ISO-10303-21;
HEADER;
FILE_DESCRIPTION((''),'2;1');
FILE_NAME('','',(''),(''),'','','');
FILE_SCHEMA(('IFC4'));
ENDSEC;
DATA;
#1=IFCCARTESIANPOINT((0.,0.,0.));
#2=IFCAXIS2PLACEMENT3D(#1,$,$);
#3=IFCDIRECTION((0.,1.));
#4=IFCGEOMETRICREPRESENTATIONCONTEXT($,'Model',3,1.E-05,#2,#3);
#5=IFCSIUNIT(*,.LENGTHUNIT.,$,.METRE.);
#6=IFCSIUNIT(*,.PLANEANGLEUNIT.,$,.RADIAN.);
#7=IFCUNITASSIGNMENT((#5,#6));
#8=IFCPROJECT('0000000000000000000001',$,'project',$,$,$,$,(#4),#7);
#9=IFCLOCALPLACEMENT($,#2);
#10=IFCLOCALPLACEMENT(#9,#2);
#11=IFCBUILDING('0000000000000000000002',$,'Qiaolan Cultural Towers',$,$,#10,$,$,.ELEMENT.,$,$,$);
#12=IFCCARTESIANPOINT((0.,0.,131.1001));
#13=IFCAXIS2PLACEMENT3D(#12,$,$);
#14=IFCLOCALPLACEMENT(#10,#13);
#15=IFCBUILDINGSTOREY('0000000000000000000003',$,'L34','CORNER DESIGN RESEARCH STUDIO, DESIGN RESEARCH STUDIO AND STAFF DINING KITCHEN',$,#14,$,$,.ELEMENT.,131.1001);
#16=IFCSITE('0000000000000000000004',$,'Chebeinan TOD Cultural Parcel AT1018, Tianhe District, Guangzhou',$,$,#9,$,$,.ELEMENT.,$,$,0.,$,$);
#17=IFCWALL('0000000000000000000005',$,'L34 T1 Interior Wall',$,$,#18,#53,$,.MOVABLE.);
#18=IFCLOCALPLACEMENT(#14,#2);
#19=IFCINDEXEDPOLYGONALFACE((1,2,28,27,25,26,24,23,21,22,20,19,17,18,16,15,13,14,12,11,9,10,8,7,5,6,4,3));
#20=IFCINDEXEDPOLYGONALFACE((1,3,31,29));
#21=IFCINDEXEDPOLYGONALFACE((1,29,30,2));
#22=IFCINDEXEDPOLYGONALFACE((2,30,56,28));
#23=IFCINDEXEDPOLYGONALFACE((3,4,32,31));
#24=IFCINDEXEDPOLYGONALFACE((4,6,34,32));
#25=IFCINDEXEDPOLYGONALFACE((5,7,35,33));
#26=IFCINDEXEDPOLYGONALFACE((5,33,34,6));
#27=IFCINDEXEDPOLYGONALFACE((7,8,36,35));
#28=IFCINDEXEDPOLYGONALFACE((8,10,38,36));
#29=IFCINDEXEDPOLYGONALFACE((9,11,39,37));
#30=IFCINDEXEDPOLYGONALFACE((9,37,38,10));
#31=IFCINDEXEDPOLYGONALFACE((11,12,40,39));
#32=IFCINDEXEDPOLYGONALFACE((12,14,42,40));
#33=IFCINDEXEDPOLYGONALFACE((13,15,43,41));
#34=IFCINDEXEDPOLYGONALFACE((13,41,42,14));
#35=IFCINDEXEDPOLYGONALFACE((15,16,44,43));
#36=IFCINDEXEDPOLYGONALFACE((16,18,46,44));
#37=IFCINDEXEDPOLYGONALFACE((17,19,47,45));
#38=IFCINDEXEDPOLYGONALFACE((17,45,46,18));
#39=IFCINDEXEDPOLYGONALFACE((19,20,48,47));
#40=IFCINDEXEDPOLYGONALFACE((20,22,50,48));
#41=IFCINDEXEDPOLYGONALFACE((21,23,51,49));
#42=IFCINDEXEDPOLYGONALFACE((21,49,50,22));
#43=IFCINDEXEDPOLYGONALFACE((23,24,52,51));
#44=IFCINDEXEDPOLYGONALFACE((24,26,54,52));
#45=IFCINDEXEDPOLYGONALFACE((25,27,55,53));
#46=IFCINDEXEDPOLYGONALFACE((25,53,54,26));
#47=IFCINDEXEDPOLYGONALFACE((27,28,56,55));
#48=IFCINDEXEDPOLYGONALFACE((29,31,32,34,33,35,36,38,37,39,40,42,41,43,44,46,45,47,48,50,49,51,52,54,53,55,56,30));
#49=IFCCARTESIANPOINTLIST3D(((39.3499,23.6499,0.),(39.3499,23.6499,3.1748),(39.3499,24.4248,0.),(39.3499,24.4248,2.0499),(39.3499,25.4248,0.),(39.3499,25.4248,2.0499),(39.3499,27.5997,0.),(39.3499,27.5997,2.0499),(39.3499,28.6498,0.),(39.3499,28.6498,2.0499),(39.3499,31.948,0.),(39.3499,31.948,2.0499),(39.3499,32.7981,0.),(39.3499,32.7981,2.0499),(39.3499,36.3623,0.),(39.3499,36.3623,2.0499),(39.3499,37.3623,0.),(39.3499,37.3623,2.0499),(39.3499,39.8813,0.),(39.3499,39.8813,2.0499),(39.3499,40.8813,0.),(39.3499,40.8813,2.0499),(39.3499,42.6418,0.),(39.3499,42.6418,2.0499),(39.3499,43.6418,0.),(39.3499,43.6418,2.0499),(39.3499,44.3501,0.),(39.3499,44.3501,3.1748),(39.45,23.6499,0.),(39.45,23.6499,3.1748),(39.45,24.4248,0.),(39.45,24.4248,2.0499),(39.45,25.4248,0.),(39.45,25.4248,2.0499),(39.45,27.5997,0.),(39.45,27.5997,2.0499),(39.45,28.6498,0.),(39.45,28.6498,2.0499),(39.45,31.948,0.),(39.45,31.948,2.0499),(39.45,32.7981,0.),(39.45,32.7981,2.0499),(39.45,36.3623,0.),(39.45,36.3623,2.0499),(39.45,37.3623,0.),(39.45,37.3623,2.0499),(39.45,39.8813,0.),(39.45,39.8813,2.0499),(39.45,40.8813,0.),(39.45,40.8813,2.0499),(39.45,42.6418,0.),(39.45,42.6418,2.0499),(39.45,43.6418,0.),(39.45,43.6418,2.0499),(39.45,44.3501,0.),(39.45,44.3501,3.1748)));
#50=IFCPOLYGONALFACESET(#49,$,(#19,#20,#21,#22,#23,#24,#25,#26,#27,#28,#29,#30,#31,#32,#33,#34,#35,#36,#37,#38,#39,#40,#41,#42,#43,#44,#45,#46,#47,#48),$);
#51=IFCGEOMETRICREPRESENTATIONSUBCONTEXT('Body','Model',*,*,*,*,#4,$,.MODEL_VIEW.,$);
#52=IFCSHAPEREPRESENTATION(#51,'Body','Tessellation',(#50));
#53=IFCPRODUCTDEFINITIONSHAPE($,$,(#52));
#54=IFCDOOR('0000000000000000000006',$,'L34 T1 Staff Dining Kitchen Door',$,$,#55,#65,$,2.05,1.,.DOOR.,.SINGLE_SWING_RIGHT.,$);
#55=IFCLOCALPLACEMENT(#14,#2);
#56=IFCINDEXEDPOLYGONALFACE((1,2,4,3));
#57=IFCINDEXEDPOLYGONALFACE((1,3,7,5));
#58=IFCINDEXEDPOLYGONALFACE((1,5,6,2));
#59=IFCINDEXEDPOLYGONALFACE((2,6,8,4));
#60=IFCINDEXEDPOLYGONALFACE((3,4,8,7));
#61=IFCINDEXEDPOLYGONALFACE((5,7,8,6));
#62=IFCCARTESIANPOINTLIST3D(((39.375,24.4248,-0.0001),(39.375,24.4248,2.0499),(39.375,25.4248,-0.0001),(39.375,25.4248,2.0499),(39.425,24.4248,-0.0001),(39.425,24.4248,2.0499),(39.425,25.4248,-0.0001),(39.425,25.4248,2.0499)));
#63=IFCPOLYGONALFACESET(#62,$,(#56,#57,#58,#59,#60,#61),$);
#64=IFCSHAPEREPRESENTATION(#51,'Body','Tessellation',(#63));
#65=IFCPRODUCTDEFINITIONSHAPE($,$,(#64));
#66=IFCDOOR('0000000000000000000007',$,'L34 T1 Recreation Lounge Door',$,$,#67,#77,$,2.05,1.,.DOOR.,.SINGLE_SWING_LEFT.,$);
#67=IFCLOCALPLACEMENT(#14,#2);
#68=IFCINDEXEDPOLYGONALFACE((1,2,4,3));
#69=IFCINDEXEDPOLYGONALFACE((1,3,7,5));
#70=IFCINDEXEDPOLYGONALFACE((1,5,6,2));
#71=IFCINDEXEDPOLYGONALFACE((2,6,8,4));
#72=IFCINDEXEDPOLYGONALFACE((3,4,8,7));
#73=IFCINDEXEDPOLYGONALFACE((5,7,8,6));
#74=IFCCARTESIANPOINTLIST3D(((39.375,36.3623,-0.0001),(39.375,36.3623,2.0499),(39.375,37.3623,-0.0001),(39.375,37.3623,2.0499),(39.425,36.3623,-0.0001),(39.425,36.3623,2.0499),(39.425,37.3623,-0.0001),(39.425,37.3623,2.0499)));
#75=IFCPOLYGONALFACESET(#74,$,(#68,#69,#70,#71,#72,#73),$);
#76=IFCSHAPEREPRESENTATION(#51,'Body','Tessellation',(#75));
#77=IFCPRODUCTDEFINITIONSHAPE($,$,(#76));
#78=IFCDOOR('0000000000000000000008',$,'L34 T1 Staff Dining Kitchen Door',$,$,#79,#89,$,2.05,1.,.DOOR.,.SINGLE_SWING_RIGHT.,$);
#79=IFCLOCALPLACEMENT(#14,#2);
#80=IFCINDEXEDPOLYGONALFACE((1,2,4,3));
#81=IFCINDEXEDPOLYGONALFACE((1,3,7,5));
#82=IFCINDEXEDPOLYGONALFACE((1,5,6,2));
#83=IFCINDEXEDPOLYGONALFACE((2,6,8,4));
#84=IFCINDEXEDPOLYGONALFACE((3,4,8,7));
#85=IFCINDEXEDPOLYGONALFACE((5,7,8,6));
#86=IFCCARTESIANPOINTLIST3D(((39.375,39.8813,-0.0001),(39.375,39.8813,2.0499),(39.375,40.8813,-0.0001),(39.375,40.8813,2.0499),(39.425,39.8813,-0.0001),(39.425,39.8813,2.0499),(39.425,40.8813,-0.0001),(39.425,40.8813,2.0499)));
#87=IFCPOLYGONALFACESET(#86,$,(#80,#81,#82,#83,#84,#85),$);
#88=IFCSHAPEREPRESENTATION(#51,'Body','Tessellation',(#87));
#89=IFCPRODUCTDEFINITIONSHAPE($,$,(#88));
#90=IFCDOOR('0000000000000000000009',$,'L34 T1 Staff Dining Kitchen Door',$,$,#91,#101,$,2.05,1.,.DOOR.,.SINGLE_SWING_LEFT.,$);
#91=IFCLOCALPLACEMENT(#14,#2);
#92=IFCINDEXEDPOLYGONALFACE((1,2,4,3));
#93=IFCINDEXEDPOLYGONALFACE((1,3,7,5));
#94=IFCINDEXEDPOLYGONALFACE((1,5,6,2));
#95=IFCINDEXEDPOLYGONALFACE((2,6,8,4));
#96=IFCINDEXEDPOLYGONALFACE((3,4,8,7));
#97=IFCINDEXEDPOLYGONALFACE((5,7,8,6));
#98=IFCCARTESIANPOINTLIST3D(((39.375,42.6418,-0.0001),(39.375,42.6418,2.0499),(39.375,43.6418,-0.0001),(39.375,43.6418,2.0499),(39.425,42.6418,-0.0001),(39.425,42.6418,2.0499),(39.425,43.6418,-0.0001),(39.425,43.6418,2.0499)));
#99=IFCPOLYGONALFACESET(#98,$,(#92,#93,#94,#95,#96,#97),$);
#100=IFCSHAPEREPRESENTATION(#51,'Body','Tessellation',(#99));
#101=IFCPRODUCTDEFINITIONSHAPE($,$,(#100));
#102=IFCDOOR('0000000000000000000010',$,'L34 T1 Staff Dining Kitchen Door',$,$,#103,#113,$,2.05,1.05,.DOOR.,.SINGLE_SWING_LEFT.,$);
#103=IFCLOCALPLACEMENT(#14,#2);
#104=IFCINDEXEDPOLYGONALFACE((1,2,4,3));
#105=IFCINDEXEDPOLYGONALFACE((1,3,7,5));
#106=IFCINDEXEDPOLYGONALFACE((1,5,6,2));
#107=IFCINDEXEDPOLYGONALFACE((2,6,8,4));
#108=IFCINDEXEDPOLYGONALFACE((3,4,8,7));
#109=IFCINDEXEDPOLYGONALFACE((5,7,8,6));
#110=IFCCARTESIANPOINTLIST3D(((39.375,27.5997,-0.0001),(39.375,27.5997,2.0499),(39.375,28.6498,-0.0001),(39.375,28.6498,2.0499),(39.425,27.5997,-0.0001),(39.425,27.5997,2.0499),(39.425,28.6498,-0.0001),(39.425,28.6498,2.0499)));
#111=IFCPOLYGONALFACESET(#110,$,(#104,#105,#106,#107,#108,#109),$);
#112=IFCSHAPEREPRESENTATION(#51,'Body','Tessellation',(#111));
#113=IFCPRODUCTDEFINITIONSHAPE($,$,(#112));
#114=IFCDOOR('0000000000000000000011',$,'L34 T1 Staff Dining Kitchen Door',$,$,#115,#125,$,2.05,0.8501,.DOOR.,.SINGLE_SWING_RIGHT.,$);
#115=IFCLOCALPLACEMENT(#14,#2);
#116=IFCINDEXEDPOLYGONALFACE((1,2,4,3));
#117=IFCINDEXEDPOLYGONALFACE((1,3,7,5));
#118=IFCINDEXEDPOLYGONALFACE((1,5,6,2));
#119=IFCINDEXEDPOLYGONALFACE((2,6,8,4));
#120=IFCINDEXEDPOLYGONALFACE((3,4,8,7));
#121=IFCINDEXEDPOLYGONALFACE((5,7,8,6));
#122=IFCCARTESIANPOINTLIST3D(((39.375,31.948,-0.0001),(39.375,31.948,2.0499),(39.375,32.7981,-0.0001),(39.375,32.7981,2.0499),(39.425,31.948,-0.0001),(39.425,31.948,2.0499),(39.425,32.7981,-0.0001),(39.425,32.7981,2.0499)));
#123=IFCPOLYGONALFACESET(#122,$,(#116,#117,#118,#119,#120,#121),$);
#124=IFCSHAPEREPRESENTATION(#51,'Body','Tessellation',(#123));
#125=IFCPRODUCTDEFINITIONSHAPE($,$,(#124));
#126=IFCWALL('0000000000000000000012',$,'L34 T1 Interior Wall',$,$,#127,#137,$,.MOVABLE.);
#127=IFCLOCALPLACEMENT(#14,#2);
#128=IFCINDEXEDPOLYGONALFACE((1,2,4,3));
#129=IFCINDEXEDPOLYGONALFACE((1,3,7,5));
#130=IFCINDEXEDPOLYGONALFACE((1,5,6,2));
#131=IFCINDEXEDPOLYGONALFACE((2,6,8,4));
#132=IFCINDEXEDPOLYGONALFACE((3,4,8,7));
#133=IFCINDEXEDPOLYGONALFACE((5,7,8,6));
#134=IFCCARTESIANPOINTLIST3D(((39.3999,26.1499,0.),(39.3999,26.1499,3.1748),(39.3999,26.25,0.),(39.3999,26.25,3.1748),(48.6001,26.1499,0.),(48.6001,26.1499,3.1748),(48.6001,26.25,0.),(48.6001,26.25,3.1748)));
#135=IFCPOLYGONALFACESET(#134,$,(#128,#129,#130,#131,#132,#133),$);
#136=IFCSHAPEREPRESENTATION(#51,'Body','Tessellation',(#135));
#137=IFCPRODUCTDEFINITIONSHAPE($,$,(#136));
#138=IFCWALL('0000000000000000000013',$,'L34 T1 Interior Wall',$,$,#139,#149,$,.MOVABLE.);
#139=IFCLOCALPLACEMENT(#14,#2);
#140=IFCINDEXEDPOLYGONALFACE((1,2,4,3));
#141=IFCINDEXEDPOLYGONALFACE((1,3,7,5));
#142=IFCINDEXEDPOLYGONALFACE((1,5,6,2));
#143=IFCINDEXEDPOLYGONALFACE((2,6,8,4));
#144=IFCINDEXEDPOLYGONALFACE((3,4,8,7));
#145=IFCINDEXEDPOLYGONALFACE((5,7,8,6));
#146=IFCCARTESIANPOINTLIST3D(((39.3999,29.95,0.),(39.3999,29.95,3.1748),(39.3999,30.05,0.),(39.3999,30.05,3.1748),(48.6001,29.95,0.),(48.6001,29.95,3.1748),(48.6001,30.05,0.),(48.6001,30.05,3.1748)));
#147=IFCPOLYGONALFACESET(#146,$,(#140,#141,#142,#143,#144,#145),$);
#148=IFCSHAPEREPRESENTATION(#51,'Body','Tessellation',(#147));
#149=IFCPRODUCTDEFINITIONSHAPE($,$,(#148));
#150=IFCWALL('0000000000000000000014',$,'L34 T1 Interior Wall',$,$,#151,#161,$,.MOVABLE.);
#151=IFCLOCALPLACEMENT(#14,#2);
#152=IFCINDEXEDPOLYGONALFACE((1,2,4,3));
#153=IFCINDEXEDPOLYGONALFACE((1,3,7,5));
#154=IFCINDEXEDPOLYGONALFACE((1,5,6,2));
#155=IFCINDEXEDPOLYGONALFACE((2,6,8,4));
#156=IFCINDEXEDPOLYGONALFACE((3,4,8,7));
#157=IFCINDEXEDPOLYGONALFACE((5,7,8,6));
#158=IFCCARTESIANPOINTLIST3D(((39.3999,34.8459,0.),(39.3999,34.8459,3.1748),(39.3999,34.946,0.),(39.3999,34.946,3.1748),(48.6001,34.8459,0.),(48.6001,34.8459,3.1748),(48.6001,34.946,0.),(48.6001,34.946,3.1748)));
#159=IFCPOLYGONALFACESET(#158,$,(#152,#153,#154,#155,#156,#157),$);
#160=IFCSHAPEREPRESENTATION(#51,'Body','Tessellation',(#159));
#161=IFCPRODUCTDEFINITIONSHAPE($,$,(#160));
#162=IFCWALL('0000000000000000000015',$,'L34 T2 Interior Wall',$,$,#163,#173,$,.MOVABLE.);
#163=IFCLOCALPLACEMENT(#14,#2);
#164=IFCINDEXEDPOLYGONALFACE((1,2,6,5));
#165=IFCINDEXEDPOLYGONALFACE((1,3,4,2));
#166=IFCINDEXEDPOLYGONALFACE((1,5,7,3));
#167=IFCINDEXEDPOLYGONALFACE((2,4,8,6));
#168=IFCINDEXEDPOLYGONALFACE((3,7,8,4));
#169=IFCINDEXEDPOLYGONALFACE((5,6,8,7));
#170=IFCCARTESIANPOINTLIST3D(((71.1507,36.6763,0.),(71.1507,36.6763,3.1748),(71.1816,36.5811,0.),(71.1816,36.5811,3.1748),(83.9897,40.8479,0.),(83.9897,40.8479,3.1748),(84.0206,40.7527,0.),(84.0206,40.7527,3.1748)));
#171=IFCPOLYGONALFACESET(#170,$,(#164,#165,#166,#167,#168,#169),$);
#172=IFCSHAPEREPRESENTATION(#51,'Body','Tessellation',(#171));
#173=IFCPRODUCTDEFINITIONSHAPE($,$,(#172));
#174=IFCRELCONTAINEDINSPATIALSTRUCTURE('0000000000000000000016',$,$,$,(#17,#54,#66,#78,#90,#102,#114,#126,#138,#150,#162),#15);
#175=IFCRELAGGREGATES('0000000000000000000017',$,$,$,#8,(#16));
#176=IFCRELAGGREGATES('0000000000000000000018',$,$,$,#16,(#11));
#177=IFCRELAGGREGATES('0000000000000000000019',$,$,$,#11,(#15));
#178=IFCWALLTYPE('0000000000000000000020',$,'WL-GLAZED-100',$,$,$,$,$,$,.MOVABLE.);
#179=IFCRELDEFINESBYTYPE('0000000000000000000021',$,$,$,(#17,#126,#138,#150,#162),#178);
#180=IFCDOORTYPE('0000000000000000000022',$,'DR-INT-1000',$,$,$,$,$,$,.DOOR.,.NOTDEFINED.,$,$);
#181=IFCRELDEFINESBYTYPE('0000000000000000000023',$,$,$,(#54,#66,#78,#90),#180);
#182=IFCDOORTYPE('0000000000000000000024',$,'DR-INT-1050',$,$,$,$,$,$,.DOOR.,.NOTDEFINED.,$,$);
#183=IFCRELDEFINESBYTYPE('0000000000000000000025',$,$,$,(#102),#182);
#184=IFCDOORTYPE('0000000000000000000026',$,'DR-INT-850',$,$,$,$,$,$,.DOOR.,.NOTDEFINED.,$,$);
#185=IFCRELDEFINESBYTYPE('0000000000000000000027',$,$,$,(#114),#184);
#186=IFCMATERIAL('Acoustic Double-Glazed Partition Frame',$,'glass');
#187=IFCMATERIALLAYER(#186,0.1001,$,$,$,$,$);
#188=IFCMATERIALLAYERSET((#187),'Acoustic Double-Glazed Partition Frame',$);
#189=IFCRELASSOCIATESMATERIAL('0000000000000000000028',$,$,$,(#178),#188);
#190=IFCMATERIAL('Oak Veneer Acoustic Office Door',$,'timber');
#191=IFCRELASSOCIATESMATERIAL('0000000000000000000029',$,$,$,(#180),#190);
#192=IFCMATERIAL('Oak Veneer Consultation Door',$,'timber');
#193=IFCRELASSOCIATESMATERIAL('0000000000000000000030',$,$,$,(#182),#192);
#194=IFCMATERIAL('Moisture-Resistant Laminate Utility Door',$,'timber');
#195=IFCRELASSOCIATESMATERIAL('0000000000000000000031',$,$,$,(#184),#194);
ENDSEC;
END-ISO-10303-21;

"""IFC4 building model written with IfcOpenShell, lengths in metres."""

from ifc_helpers import new_model, si_unit, direction, frame, frame_2d, origin, place, context, subcontext, project, spatial, rectangle, extrude, material, layer, layer_set, type_object, element, fill, save


model = new_model("IFC4")

# Units and contexts
model_context = context("Model", 3, precision=1e-05, world=origin(), true_north=direction((0.0, 1.0)))
body_context = subcontext(model_context, "Body", "Model", "MODEL_VIEW")
ifc_project = project(units=[si_unit("LENGTHUNIT", "METRE"), si_unit("PLANEANGLEUNIT", "RADIAN")], contexts=[model_context])

# Site, building, storey
site_placement = place(None, origin())
site = spatial("IfcSite", under=ifc_project, at=site_placement, Name="Chebeinan TOD Cultural Parcel AT1018, Tianhe District, Guangzhou", CompositionType="ELEMENT", RefElevation=0.0)
building_placement = place(site_placement, origin())
building = spatial("IfcBuilding", under=site, at=building_placement, Name="Qiaolan Cultural Towers", CompositionType="ELEMENT")
storey_placement = place(building_placement, frame((0.0, 0.0, 131.1001)))
storey = spatial("IfcBuildingStorey", under=building, at=storey_placement, Name="L34", Description="CORNER DESIGN RESEARCH STUDIO, DESIGN RESEARCH STUDIO AND STAFF DINING KITCHEN", CompositionType="ELEMENT", Elevation=131.1001)

# Shared definitions
ifc_material_1 = material(Name="Acoustic Double-Glazed Partition Frame", Category="glass")
ifc_layer_1 = layer(ifc_material_1, 0.1001)
ifc_layer_set_1 = layer_set([ifc_layer_1], Name="Acoustic Double-Glazed Partition Frame")
wall_type_1 = type_object("IfcWallType", Name="WL-GLAZED-100", PredefinedType="MOVABLE", material=ifc_layer_set_1)

# Wall, openings, doors
wall_1_placement = place(storey_placement, frame((39.3999, 23.6499, 0.0), z_axis=(0.0, 0.0, 1.0), x_axis=(0.0, 1.0, 0.0)))
wall_1 = element("IfcWall", 1, at=wall_1_placement, inside=storey, type_object=wall_type_1, Name="L34 T1 Interior Wall", PredefinedType="MOVABLE", context=body_context, shape_type="SweptSolid", body=[
    extrude(rectangle(XDim=20.7002, YDim=0.1001, at=frame_2d((10.3501, 0.0))), origin(), (0.0, 0.0, 1.0), 3.1748),
])
opening_1_placement = place(wall_1_placement, frame((0.7749, 0.0, 0.0)))
opening_1 = element("IfcOpeningElement", 2, at=opening_1_placement, cuts=wall_1, PredefinedType="OPENING", context=body_context, shape_type="SweptSolid", body=[
    extrude(rectangle(XDim=1.0, YDim=2.05, at=frame_2d((0.5, 1.0249))), frame((0.0, 0.0601, 0.0), z_axis=(0.0, -1.0, 0.0), x_axis=(1.0, 0.0, 0.0)), (0.0, 0.0, 1.0), 0.1201),
])
opening_2_placement = place(wall_1_placement, frame((3.95, 0.0, 0.0)))
opening_2 = element("IfcOpeningElement", 3, at=opening_2_placement, cuts=wall_1, PredefinedType="OPENING", context=body_context, shape_type="SweptSolid", body=[
    extrude(rectangle(XDim=1.05, YDim=2.05, at=frame_2d((0.5249, 1.0249))), frame((0.0, 0.0601, 0.0), z_axis=(0.0, -1.0, 0.0), x_axis=(1.0, 0.0, 0.0)), (0.0, 0.0, 1.0), 0.1201),
])
opening_3_placement = place(wall_1_placement, frame((8.2981, 0.0, 0.0)))
opening_3 = element("IfcOpeningElement", 4, at=opening_3_placement, cuts=wall_1, PredefinedType="OPENING", context=body_context, shape_type="SweptSolid", body=[
    extrude(rectangle(XDim=0.8501, YDim=2.05, at=frame_2d((0.425, 1.0249))), frame((0.0, 0.0601, 0.0), z_axis=(0.0, -1.0, 0.0), x_axis=(1.0, 0.0, 0.0)), (0.0, 0.0, 1.0), 0.1201),
])
opening_4_placement = place(wall_1_placement, frame((12.7124, 0.0, 0.0)))
opening_4 = element("IfcOpeningElement", 5, at=opening_4_placement, cuts=wall_1, PredefinedType="OPENING", context=body_context, shape_type="SweptSolid", body=[
    extrude(rectangle(XDim=1.0, YDim=2.05, at=frame_2d((0.5, 1.0249))), frame((0.0, 0.0601, 0.0), z_axis=(0.0, -1.0, 0.0), x_axis=(1.0, 0.0, 0.0)), (0.0, 0.0, 1.0), 0.1201),
])
opening_5_placement = place(wall_1_placement, frame((16.2314, 0.0, 0.0)))
opening_5 = element("IfcOpeningElement", 6, at=opening_5_placement, cuts=wall_1, PredefinedType="OPENING", context=body_context, shape_type="SweptSolid", body=[
    extrude(rectangle(XDim=1.0, YDim=2.05, at=frame_2d((0.5, 1.0249))), frame((0.0, 0.0601, 0.0), z_axis=(0.0, -1.0, 0.0), x_axis=(1.0, 0.0, 0.0)), (0.0, 0.0, 1.0), 0.1201),
])
opening_6_placement = place(wall_1_placement, frame((18.9919, 0.0, 0.0)))
opening_6 = element("IfcOpeningElement", 7, at=opening_6_placement, cuts=wall_1, PredefinedType="OPENING", context=body_context, shape_type="SweptSolid", body=[
    extrude(rectangle(XDim=1.0, YDim=2.05, at=frame_2d((0.5, 1.0249))), frame((0.0, 0.0601, 0.0), z_axis=(0.0, -1.0, 0.0), x_axis=(1.0, 0.0, 0.0)), (0.0, 0.0, 1.0), 0.1201),
])
ifc_material_2 = material(Name="Oak Veneer Acoustic Office Door", Category="timber")
door_type_1 = type_object("IfcDoorType", Name="DR-INT-1000", OperationType="NOTDEFINED", PredefinedType="DOOR", material=ifc_material_2)
door_1_placement = place(opening_1_placement, origin())
door_1 = element("IfcDoor", 8, at=door_1_placement, inside=storey, type_object=door_type_1, Name="L34 T1 Staff Dining Kitchen Door", OperationType="SINGLE_SWING_RIGHT", OverallHeight=2.05, OverallWidth=1.0, PredefinedType="DOOR", context=body_context, shape_type="SweptSolid", body=[
    extrude(rectangle(XDim=1.0, YDim=2.05, at=frame_2d((0.5, 1.0249))), frame((0.0, 0.0249, 0.0), z_axis=(0.0, -1.0, 0.0), x_axis=(1.0, 0.0, 0.0)), (0.0, 0.0, 1.0), 0.05),
])
fill(opening_1, door_1)
door_2_placement = place(opening_4_placement, origin())
door_2 = element("IfcDoor", 9, at=door_2_placement, inside=storey, type_object=door_type_1, Name="L34 T1 Recreation Lounge Door", OperationType="SINGLE_SWING_LEFT", OverallHeight=2.05, OverallWidth=1.0, PredefinedType="DOOR", context=body_context, shape_type="SweptSolid", body=[
    extrude(rectangle(XDim=1.0, YDim=2.05, at=frame_2d((0.5, 1.0249))), frame((0.0, 0.0249, 0.0), z_axis=(0.0, -1.0, 0.0), x_axis=(1.0, 0.0, 0.0)), (0.0, 0.0, 1.0), 0.05),
])
fill(opening_4, door_2)
door_3_placement = place(opening_5_placement, origin())
door_3 = element("IfcDoor", 10, at=door_3_placement, inside=storey, type_object=door_type_1, Name="L34 T1 Staff Dining Kitchen Door", OperationType="SINGLE_SWING_RIGHT", OverallHeight=2.05, OverallWidth=1.0, PredefinedType="DOOR", context=body_context, shape_type="SweptSolid", body=[
    extrude(rectangle(XDim=1.0, YDim=2.05, at=frame_2d((0.5, 1.0249))), frame((0.0, 0.0249, 0.0), z_axis=(0.0, -1.0, 0.0), x_axis=(1.0, 0.0, 0.0)), (0.0, 0.0, 1.0), 0.05),
])
fill(opening_5, door_3)
door_4_placement = place(opening_6_placement, origin())
door_4 = element("IfcDoor", 11, at=door_4_placement, inside=storey, type_object=door_type_1, Name="L34 T1 Staff Dining Kitchen Door", OperationType="SINGLE_SWING_LEFT", OverallHeight=2.05, OverallWidth=1.0, PredefinedType="DOOR", context=body_context, shape_type="SweptSolid", body=[
    extrude(rectangle(XDim=1.0, YDim=2.05, at=frame_2d((0.5, 1.0249))), frame((0.0, 0.0249, 0.0), z_axis=(0.0, -1.0, 0.0), x_axis=(1.0, 0.0, 0.0)), (0.0, 0.0, 1.0), 0.05),
])
fill(opening_6, door_4)
ifc_material_3 = material(Name="Oak Veneer Consultation Door", Category="timber")
door_type_2 = type_object("IfcDoorType", Name="DR-INT-1050", OperationType="NOTDEFINED", PredefinedType="DOOR", material=ifc_material_3)
door_5_placement = place(opening_2_placement, origin())
door_5 = element("IfcDoor", 12, at=door_5_placement, inside=storey, type_object=door_type_2, Name="L34 T1 Staff Dining Kitchen Door", OperationType="SINGLE_SWING_LEFT", OverallHeight=2.05, OverallWidth=1.05, PredefinedType="DOOR", context=body_context, shape_type="SweptSolid", body=[
    extrude(rectangle(XDim=1.05, YDim=2.05, at=frame_2d((0.5249, 1.0249))), frame((0.0, 0.0249, 0.0), z_axis=(0.0, -1.0, 0.0), x_axis=(1.0, 0.0, 0.0)), (0.0, 0.0, 1.0), 0.05),
])
fill(opening_2, door_5)
ifc_material_4 = material(Name="Moisture-Resistant Laminate Utility Door", Category="timber")
door_type_3 = type_object("IfcDoorType", Name="DR-INT-850", OperationType="NOTDEFINED", PredefinedType="DOOR", material=ifc_material_4)
door_6_placement = place(opening_3_placement, origin())
door_6 = element("IfcDoor", 13, at=door_6_placement, inside=storey, type_object=door_type_3, Name="L34 T1 Staff Dining Kitchen Door", OperationType="SINGLE_SWING_RIGHT", OverallHeight=2.05, OverallWidth=0.8501, PredefinedType="DOOR", context=body_context, shape_type="SweptSolid", body=[
    extrude(rectangle(XDim=0.8501, YDim=2.05, at=frame_2d((0.425, 1.0249))), frame((0.0, 0.0249, 0.0), z_axis=(0.0, -1.0, 0.0), x_axis=(1.0, 0.0, 0.0)), (0.0, 0.0, 1.0), 0.05),
])
fill(opening_3, door_6)

# Walls
for number, where, z_axis, x_axis, name in (
    (14, (39.3999, 26.2, 0.0), (0.0, 0.0, 1.0), (1.0, 0.0, 0.0), "L34 T1 Interior Wall"),
    (15, (39.3999, 30.0, 0.0), (0.0, 0.0, 1.0), (1.0, 0.0, 0.0), "L34 T1 Interior Wall"),
    (16, (39.3999, 34.896, 0.0), (0.0, 0.0, 1.0), (1.0, 0.0, 0.0), "L34 T1 Interior Wall"),
):
    element("IfcWall", number, at=place(storey_placement, frame(where, z_axis=z_axis, x_axis=x_axis)), inside=storey, type_object=wall_type_1, Name=name, PredefinedType="MOVABLE", context=body_context, shape_type="SweptSolid", body=[
        extrude(rectangle(XDim=9.2002, YDim=0.1001, at=frame_2d((4.6001, 0.0))), origin(), (0.0, 0.0, 1.0), 3.1748),
    ])
wall_2_placement = place(storey_placement, frame((71.166, 36.6287, 0.0), z_axis=(0.0, 0.0, 1.0), x_axis=(0.951058, 0.309014, 0.0)))
element("IfcWall", 17, at=wall_2_placement, inside=storey, type_object=wall_type_1, Name="L34 T2 Interior Wall", PredefinedType="MOVABLE", context=body_context, shape_type="SweptSolid", body=[
    extrude(rectangle(XDim=13.4998, YDim=0.1001, at=frame_2d((6.75, 0.0))), origin(), (0.0, 0.0, 1.0), 3.1748),
])

save(model, "model.ifc")
